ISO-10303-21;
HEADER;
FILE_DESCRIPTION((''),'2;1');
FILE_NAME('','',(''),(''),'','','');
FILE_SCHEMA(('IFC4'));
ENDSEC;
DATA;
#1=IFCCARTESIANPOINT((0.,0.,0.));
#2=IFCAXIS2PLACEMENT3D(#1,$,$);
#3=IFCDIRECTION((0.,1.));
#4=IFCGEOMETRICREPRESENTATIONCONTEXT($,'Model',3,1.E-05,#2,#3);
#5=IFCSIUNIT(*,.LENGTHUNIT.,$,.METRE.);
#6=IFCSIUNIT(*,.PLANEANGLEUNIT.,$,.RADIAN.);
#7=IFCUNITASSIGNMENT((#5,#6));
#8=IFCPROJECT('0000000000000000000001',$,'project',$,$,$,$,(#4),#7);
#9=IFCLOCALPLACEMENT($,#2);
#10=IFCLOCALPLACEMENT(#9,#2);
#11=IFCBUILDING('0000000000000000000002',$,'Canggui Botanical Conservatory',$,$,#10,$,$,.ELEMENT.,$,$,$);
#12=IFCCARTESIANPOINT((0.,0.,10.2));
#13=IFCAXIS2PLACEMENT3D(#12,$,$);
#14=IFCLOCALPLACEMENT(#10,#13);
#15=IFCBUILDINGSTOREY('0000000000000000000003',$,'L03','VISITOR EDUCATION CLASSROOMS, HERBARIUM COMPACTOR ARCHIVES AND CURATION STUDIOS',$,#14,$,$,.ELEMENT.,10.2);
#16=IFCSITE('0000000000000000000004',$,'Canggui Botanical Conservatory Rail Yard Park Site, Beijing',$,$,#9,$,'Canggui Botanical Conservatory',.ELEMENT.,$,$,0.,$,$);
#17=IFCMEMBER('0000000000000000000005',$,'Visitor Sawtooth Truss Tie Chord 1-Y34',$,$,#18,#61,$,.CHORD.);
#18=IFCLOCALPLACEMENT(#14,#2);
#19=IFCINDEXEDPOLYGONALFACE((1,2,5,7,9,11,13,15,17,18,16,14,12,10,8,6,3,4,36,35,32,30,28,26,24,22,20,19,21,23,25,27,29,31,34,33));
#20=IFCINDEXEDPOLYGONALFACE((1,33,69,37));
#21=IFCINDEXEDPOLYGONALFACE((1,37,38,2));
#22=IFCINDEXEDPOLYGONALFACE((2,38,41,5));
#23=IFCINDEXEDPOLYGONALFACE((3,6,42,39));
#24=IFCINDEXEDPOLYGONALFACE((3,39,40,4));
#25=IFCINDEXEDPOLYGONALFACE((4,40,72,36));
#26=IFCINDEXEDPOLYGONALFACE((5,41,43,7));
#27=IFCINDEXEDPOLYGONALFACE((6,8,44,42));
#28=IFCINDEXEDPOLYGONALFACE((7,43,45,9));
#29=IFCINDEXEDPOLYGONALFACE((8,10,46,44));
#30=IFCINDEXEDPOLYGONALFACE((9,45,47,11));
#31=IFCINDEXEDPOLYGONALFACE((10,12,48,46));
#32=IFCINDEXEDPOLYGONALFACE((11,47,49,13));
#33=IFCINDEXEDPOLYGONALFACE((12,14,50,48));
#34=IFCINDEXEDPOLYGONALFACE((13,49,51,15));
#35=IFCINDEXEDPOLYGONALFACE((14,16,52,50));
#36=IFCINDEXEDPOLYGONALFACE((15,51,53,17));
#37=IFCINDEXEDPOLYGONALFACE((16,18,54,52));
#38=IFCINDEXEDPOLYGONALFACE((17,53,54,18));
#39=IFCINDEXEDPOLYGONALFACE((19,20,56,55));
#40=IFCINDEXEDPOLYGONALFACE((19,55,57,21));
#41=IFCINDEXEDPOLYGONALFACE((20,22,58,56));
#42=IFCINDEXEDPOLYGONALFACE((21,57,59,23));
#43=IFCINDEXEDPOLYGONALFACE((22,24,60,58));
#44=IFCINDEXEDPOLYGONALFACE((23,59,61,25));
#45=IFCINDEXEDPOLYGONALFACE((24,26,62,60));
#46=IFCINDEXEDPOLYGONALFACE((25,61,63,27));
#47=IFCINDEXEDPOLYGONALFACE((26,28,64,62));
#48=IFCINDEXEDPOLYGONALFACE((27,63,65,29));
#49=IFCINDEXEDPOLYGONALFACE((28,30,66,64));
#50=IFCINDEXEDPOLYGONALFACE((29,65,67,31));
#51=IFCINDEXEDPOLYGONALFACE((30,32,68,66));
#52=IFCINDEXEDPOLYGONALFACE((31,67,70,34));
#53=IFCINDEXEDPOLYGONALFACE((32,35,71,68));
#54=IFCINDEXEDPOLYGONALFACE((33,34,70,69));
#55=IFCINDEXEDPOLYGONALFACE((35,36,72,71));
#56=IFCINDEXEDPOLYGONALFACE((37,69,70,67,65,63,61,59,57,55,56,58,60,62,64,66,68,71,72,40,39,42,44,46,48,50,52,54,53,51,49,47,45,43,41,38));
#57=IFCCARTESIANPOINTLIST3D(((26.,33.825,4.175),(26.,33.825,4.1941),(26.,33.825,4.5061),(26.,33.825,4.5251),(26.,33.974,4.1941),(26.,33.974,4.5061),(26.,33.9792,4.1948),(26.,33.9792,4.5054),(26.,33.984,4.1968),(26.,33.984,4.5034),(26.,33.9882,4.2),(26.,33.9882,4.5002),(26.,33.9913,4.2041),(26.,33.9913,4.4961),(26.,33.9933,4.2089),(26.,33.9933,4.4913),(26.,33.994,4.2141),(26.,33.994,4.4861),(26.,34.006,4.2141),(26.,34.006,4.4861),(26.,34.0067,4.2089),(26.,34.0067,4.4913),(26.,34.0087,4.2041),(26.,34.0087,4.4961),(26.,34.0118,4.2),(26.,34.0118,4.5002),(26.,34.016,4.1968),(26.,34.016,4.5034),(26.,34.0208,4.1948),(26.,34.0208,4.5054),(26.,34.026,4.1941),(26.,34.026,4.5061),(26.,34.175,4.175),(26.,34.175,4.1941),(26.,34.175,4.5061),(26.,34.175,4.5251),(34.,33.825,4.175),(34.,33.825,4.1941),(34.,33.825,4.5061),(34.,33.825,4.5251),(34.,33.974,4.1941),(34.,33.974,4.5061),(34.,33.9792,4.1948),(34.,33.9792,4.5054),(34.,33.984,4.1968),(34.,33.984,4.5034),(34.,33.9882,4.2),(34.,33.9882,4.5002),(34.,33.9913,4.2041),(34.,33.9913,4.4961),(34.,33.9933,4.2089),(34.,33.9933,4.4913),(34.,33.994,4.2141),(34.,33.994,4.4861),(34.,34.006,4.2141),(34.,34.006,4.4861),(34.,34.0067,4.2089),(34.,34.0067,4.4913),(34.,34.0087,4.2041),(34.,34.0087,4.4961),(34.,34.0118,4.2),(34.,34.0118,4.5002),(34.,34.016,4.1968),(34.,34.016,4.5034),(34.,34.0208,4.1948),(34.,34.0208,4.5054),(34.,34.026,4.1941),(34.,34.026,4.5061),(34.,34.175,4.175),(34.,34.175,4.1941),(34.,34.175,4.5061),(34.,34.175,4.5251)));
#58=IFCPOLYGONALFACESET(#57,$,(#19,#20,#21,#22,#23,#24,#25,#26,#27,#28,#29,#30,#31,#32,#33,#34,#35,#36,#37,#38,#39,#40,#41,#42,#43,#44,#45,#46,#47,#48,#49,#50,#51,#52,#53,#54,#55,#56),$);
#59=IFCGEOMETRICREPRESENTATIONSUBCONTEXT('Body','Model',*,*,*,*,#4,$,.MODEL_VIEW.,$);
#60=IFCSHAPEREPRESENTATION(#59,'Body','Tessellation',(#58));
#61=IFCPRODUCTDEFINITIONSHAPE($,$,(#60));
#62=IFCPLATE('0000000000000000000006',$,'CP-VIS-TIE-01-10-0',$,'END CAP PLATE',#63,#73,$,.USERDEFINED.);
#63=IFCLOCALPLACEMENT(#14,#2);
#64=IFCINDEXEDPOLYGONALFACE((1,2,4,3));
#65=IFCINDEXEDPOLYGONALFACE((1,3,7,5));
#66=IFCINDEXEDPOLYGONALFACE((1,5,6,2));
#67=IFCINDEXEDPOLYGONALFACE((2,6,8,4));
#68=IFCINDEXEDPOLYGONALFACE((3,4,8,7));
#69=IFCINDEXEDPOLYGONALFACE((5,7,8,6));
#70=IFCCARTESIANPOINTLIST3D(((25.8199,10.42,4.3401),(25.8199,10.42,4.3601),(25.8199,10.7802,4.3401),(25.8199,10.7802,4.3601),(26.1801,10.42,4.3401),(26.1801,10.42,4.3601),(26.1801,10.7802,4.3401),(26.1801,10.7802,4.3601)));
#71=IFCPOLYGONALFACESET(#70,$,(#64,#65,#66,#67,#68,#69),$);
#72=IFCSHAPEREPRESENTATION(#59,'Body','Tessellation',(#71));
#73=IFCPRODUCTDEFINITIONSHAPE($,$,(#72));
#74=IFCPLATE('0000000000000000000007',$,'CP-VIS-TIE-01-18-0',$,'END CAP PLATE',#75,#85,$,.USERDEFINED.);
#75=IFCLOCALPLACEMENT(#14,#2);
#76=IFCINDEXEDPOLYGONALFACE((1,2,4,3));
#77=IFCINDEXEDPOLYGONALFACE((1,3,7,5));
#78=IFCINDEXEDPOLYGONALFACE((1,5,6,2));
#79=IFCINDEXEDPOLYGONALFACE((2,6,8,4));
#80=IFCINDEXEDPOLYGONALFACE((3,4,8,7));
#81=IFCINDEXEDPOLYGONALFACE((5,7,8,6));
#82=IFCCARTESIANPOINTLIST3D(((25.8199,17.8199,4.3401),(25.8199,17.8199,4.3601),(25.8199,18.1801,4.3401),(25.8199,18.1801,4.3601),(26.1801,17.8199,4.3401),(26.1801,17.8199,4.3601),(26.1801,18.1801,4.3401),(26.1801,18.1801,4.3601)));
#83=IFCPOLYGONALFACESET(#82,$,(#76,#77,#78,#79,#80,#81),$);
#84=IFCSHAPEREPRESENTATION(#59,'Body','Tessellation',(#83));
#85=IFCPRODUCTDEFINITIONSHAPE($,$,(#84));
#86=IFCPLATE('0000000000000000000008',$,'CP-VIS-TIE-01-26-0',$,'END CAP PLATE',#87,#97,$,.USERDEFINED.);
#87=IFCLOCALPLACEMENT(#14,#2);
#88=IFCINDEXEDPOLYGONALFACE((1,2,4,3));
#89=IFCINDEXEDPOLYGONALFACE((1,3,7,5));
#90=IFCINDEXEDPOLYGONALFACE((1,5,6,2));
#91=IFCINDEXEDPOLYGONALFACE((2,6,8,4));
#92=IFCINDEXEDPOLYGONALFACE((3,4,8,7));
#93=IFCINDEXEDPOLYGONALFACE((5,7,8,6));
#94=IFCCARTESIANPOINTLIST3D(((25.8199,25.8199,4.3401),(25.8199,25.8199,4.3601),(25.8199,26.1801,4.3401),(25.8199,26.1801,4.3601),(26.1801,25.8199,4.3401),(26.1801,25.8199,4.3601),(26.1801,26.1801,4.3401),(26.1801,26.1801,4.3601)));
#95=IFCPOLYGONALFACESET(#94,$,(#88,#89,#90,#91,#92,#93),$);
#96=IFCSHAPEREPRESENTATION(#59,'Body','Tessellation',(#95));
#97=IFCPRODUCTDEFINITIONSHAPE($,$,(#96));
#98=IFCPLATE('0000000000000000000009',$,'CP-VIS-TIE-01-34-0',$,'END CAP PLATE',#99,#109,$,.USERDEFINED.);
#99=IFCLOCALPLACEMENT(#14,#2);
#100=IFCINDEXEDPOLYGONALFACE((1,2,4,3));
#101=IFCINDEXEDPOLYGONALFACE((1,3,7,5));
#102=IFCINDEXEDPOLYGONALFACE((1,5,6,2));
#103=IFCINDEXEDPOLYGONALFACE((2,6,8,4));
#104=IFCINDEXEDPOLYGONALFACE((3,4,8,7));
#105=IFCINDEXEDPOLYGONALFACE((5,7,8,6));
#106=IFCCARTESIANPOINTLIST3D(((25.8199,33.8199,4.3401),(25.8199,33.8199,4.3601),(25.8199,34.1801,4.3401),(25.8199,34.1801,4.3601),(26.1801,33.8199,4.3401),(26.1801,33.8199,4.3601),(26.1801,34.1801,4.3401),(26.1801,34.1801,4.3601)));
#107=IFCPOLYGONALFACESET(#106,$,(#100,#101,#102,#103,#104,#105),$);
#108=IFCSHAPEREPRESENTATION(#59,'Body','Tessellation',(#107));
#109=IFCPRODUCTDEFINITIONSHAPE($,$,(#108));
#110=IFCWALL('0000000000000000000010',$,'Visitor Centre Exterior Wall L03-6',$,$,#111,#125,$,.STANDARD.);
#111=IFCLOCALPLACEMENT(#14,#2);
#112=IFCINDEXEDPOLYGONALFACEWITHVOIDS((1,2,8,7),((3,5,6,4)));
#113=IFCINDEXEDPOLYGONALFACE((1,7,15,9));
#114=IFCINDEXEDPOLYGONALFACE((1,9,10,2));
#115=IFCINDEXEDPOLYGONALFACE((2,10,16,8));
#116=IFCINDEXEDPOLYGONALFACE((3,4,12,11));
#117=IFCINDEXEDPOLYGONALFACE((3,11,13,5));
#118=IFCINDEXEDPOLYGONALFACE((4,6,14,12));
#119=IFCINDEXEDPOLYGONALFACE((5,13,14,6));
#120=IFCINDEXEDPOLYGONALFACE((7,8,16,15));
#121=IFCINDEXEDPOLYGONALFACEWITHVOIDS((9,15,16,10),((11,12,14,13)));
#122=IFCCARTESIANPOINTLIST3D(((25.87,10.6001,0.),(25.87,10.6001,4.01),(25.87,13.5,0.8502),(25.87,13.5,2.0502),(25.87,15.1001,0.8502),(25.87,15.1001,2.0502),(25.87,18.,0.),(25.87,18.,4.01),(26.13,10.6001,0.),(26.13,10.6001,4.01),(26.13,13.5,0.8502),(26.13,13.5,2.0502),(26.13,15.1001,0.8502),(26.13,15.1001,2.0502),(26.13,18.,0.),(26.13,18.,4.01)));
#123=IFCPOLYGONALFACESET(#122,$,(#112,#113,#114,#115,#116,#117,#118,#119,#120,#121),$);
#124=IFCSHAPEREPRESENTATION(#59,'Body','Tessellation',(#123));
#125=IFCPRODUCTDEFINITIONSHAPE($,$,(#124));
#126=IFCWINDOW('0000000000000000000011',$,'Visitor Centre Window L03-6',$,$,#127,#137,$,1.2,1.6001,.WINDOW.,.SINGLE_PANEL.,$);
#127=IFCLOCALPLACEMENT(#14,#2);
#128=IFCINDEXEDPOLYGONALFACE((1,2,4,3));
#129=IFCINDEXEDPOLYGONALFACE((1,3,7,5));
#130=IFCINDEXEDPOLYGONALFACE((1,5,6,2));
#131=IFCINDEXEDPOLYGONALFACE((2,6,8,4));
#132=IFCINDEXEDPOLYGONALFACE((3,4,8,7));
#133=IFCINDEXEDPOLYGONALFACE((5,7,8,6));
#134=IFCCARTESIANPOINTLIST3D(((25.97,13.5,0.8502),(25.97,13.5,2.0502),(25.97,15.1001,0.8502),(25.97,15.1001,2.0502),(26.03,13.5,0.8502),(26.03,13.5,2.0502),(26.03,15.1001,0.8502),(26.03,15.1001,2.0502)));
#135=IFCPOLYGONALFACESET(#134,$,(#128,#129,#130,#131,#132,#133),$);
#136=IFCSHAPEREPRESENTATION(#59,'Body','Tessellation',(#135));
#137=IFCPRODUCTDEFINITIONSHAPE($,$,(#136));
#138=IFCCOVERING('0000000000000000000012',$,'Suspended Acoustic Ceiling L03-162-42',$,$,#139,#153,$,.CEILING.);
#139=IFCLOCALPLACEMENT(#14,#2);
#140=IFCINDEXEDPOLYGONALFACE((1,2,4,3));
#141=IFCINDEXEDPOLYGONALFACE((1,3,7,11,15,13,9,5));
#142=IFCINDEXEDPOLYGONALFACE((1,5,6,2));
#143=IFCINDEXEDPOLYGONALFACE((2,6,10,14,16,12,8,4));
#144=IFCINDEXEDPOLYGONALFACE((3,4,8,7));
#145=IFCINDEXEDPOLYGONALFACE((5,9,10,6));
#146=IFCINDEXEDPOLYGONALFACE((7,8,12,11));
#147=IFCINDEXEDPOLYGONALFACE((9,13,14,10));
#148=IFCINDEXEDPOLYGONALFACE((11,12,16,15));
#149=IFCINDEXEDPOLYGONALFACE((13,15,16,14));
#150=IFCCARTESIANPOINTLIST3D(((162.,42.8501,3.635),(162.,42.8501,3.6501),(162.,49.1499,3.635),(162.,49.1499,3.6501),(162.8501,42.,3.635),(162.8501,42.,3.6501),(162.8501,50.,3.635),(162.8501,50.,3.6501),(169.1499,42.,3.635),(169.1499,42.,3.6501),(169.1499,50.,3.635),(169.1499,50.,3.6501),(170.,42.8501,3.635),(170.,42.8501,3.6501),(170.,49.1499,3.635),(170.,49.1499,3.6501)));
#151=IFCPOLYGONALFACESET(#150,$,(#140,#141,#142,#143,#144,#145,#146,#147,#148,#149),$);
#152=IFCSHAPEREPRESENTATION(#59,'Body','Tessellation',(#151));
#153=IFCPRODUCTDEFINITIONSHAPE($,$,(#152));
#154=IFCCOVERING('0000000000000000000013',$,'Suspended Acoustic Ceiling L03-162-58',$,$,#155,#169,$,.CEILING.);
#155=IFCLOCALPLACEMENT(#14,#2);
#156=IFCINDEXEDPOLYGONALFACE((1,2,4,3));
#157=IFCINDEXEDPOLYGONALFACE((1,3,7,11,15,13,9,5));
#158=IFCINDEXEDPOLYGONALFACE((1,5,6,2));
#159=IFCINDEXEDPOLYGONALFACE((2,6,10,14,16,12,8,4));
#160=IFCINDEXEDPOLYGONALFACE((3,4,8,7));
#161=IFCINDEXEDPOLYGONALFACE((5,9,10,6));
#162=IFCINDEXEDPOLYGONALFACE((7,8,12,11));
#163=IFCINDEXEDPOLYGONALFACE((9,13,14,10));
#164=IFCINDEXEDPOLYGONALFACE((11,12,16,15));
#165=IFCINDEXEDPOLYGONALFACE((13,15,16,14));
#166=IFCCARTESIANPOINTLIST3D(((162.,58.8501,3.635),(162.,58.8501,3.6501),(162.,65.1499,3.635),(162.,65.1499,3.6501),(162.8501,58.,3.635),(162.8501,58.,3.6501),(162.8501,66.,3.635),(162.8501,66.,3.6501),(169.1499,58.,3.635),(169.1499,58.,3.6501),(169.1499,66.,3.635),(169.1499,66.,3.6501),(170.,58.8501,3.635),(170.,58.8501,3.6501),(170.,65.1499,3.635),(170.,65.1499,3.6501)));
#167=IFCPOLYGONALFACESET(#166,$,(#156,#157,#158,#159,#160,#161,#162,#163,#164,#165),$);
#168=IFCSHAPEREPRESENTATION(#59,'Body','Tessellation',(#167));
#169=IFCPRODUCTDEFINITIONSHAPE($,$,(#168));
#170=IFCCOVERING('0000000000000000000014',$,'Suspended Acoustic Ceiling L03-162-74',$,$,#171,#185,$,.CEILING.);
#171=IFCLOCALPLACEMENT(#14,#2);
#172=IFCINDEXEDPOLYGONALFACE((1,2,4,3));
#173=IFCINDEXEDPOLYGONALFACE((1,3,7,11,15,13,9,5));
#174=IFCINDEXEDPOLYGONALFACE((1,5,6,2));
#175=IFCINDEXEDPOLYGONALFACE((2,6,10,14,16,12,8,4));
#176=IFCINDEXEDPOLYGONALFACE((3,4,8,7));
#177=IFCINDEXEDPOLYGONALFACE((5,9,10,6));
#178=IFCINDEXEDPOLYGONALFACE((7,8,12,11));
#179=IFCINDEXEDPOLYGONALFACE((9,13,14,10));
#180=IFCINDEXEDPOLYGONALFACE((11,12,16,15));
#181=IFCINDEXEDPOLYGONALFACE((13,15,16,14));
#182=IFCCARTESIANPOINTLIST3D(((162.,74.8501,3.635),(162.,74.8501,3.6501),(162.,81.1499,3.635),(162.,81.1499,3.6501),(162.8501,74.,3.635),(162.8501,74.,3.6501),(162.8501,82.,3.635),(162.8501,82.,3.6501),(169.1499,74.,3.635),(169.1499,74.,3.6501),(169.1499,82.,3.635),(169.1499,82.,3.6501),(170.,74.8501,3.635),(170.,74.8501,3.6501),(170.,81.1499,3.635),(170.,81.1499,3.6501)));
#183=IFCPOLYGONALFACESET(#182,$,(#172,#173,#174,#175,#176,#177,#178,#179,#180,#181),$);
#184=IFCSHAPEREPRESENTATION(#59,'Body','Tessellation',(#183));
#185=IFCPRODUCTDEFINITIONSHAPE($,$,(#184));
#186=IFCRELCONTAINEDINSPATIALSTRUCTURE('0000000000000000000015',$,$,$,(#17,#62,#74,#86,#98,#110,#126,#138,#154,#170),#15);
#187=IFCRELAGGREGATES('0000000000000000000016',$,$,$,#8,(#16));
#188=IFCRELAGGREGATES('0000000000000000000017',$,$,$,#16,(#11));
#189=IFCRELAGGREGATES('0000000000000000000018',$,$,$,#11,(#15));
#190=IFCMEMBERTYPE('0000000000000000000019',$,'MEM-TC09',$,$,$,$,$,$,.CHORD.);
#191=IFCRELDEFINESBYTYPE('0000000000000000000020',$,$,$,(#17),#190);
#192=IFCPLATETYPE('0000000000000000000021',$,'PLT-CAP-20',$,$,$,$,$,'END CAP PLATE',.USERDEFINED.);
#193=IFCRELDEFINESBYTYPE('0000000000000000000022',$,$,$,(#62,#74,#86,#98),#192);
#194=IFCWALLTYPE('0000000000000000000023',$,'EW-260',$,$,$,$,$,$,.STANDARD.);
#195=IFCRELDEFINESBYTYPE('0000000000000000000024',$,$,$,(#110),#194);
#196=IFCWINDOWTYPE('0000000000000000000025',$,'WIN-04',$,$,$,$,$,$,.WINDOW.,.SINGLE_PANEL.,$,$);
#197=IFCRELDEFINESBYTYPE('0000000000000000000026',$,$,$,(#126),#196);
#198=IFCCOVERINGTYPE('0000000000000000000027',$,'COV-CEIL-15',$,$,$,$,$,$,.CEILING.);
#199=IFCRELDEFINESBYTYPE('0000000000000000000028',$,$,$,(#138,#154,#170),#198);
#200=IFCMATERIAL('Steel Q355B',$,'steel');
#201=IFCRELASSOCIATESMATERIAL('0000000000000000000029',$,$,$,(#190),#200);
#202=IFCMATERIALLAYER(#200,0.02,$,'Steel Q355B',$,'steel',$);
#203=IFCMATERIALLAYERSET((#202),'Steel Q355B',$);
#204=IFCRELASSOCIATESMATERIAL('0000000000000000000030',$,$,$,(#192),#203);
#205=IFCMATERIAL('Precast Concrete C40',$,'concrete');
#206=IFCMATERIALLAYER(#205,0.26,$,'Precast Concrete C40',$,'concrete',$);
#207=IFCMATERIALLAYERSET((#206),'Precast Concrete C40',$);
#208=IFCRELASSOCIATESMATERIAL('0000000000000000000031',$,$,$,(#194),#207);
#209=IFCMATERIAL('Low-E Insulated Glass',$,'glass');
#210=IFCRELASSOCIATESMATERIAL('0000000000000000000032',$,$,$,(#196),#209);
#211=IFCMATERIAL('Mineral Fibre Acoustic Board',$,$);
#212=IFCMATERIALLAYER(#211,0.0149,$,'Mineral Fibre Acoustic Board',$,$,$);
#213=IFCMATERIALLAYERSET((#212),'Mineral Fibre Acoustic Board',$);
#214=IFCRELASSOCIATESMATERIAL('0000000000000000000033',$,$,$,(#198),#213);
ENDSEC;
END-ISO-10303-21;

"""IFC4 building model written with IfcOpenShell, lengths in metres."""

from ifc_helpers import new_model, si_unit, direction, frame, frame_2d, origin, origin_2d, place, context, subcontext, project, spatial, polyline, rectangle, i_section, outline, extrude, material, layer, layer_set, material_profile, profile_set, type_object, element, fill, save


model = new_model("IFC4")

# Units and contexts
model_context = context("Model", 3, precision=1e-05, world=origin(), true_north=direction((0.0, 1.0)))
body_context = subcontext(model_context, "Body", "Model", "MODEL_VIEW")
ifc_project = project(units=[si_unit("LENGTHUNIT", "METRE"), si_unit("PLANEANGLEUNIT", "RADIAN")], contexts=[model_context])

# Site, building, storey
site_placement = place(None, origin())
site = spatial("IfcSite", under=ifc_project, at=site_placement, Name="Canggui Botanical Conservatory Rail Yard Park Site, Beijing", LongName="Canggui Botanical Conservatory", CompositionType="ELEMENT", RefElevation=0.0)
building_placement = place(site_placement, origin())
building = spatial("IfcBuilding", under=site, at=building_placement, Name="Canggui Botanical Conservatory", CompositionType="ELEMENT")
storey_placement = place(building_placement, frame((0.0, 0.0, 10.2)))
storey = spatial("IfcBuildingStorey", under=building, at=storey_placement, Name="L03", Description="VISITOR EDUCATION CLASSROOMS, HERBARIUM COMPACTOR ARCHIVES AND CURATION STUDIOS", CompositionType="ELEMENT", Elevation=10.2)

# Shared definitions
ifc_material_1 = material(Name="Steel Q355B", Category="steel")

# Member
ifc_material_profile_1 = material_profile(ifc_material_1, i_section(OverallWidth=0.3501, OverallDepth=0.3501, WebThickness=0.012, FlangeThickness=0.019, FilletRadius=0.02, at=origin_2d()), Name="HW 350x350x12x19")
ifc_profile_set_1 = profile_set([ifc_material_profile_1], Name="Steel Q355B")
member_type = type_object("IfcMemberType", Name="MEM-TC09", PredefinedType="CHORD", material=ifc_profile_set_1)
for number, where, z_axis, x_axis, name in (
    (1, (26.0, 34.0, 4.3501), (1.0, 0.0, 0.0), (0.0, 1.0, 0.0), "Visitor Sawtooth Truss Tie Chord 1-Y34"),
):
    element("IfcMember", number, at=place(storey_placement, frame(where, z_axis=z_axis, x_axis=x_axis)), inside=storey, type_object=member_type, Name=name, PredefinedType="CHORD", context=body_context, shape_type="SweptSolid", body=[
        extrude(i_section(OverallWidth=0.3501, OverallDepth=0.3501, WebThickness=0.012, FlangeThickness=0.019, FilletRadius=0.02, at=origin_2d()), origin(), (0.0, 0.0, 1.0), 8.0),
    ])

# Plates
ifc_layer_1 = layer(ifc_material_1, 0.02, Name="Steel Q355B", Category="steel")
ifc_layer_set_1 = layer_set([ifc_layer_1], Name="Steel Q355B")
plate_type = type_object("IfcPlateType", Name="PLT-CAP-20", ElementType="END CAP PLATE", PredefinedType="USERDEFINED", material=ifc_layer_set_1)
for number, where, z_axis, x_axis, name in (
    (2, (26.0, 10.6001, 4.3401), (0.0, 0.0, 1.0), (1.0, 0.0, 0.0), "CP-VIS-TIE-01-10-0"),
    (3, (26.0, 18.0, 4.3401), (0.0, 0.0, 1.0), (1.0, 0.0, 0.0), "CP-VIS-TIE-01-18-0"),
    (4, (26.0, 26.0, 4.3401), (0.0, 0.0, 1.0), (1.0, 0.0, 0.0), "CP-VIS-TIE-01-26-0"),
    (5, (26.0, 34.0, 4.3401), (0.0, 0.0, 1.0), (1.0, 0.0, 0.0), "CP-VIS-TIE-01-34-0"),
):
    element("IfcPlate", number, at=place(storey_placement, frame(where, z_axis=z_axis, x_axis=x_axis)), inside=storey, type_object=plate_type, Name=name, ObjectType="END CAP PLATE", PredefinedType="USERDEFINED", context=body_context, shape_type="SweptSolid", body=[
        extrude(rectangle(XDim=0.3601, YDim=0.3601, at=origin_2d()), origin(), (0.0, 0.0, 1.0), 0.02),
    ])

# Wall, opening, window
ifc_material_2 = material(Name="Precast Concrete C40", Category="concrete")
ifc_layer_2 = layer(ifc_material_2, 0.26, Name="Precast Concrete C40", Category="concrete")
ifc_layer_set_2 = layer_set([ifc_layer_2], Name="Precast Concrete C40")
wall_type = type_object("IfcWallType", Name="EW-260", PredefinedType="STANDARD", material=ifc_layer_set_2)
wall_placement = place(storey_placement, frame((26.0, 10.6001, 0.0), z_axis=(0.0, 0.0, 1.0), x_axis=(0.0, 1.0, 0.0)))
wall = element("IfcWall", 6, at=wall_placement, inside=storey, type_object=wall_type, Name="Visitor Centre Exterior Wall L03-6", PredefinedType="STANDARD", context=body_context, shape_type="SweptSolid", body=[
    extrude(rectangle(XDim=7.3999, YDim=0.26, at=frame_2d((3.7, 0.0))), origin(), (0.0, 0.0, 1.0), 4.01),
])
opening_placement = place(wall_placement, frame((2.8999, 0.0, 0.8501)))
opening = element("IfcOpeningElement", 7, at=opening_placement, cuts=wall, PredefinedType="OPENING", context=body_context, shape_type="SweptSolid", body=[
    extrude(rectangle(XDim=1.6001, YDim=1.2, at=frame_2d((0.8, 0.6001))), frame((0.0, 0.1401, 0.0), z_axis=(0.0, -1.0, 0.0), x_axis=(1.0, 0.0, 0.0)), (0.0, 0.0, 1.0), 0.28),
])
ifc_material_3 = material(Name="Low-E Insulated Glass", Category="glass")
window_type = type_object("IfcWindowType", Name="WIN-04", PartitioningType="SINGLE_PANEL", PredefinedType="WINDOW", material=ifc_material_3)
window_placement = place(opening_placement, origin())
window = element("IfcWindow", 8, at=window_placement, inside=storey, type_object=window_type, Name="Visitor Centre Window L03-6", OverallHeight=1.2, OverallWidth=1.6001, PartitioningType="SINGLE_PANEL", PredefinedType="WINDOW", context=body_context, shape_type="SweptSolid", body=[
    extrude(rectangle(XDim=1.6001, YDim=1.2, at=frame_2d((0.8, 0.6001))), frame((0.0, 0.03, 0.0), z_axis=(0.0, -1.0, 0.0), x_axis=(1.0, 0.0, 0.0)), (0.0, 0.0, 1.0), 0.0601),
])
fill(opening, window)

# Coverings
ifc_material_4 = material(Name="Mineral Fibre Acoustic Board")
ifc_layer_3 = layer(ifc_material_4, 0.0149, Name="Mineral Fibre Acoustic Board")
ifc_layer_set_3 = layer_set([ifc_layer_3], Name="Mineral Fibre Acoustic Board")
covering_type_1 = type_object("IfcCoveringType", Name="COV-CEIL-15", PredefinedType="CEILING", material=ifc_layer_set_3)
covering_1_placement = place(storey_placement, frame((0.0, 0.0, 3.635)))
element("IfcCovering", 9, at=covering_1_placement, inside=storey, type_object=covering_type_1, Name="Suspended Acoustic Ceiling L03-162-42", PredefinedType="CEILING", context=body_context, shape_type="SweptSolid", body=[
    extrude(outline(polyline([(162.8501, 42.0), (169.1499, 42.0), (170.0, 42.8501), (170.0, 49.1499), (169.1499, 50.0), (162.8501, 50.0), (162.0, 49.1499), (162.0, 42.8501), (162.8501, 42.0)])), origin(), (0.0, 0.0, 1.0), 0.0151),
])
covering_2_placement = place(storey_placement, frame((0.0, 0.0, 3.635)))
element("IfcCovering", 10, at=covering_2_placement, inside=storey, type_object=covering_type_1, Name="Suspended Acoustic Ceiling L03-162-58", PredefinedType="CEILING", context=body_context, shape_type="SweptSolid", body=[
    extrude(outline(polyline([(162.8501, 58.0), (169.1499, 58.0), (170.0, 58.8501), (170.0, 65.1499), (169.1499, 66.0), (162.8501, 66.0), (162.0, 65.1499), (162.0, 58.8501), (162.8501, 58.0)])), origin(), (0.0, 0.0, 1.0), 0.0151),
])
covering_3_placement = place(storey_placement, frame((0.0, 0.0, 3.635)))
element("IfcCovering", 11, at=covering_3_placement, inside=storey, type_object=covering_type_1, Name="Suspended Acoustic Ceiling L03-162-74", PredefinedType="CEILING", context=body_context, shape_type="SweptSolid", body=[
    extrude(outline(polyline([(162.8501, 74.0), (169.1499, 74.0), (170.0, 74.8501), (170.0, 81.1499), (169.1499, 82.0), (162.8501, 82.0), (162.0, 81.1499), (162.0, 74.8501), (162.8501, 74.0)])), origin(), (0.0, 0.0, 1.0), 0.0151),
])

save(model, "model.ifc")
